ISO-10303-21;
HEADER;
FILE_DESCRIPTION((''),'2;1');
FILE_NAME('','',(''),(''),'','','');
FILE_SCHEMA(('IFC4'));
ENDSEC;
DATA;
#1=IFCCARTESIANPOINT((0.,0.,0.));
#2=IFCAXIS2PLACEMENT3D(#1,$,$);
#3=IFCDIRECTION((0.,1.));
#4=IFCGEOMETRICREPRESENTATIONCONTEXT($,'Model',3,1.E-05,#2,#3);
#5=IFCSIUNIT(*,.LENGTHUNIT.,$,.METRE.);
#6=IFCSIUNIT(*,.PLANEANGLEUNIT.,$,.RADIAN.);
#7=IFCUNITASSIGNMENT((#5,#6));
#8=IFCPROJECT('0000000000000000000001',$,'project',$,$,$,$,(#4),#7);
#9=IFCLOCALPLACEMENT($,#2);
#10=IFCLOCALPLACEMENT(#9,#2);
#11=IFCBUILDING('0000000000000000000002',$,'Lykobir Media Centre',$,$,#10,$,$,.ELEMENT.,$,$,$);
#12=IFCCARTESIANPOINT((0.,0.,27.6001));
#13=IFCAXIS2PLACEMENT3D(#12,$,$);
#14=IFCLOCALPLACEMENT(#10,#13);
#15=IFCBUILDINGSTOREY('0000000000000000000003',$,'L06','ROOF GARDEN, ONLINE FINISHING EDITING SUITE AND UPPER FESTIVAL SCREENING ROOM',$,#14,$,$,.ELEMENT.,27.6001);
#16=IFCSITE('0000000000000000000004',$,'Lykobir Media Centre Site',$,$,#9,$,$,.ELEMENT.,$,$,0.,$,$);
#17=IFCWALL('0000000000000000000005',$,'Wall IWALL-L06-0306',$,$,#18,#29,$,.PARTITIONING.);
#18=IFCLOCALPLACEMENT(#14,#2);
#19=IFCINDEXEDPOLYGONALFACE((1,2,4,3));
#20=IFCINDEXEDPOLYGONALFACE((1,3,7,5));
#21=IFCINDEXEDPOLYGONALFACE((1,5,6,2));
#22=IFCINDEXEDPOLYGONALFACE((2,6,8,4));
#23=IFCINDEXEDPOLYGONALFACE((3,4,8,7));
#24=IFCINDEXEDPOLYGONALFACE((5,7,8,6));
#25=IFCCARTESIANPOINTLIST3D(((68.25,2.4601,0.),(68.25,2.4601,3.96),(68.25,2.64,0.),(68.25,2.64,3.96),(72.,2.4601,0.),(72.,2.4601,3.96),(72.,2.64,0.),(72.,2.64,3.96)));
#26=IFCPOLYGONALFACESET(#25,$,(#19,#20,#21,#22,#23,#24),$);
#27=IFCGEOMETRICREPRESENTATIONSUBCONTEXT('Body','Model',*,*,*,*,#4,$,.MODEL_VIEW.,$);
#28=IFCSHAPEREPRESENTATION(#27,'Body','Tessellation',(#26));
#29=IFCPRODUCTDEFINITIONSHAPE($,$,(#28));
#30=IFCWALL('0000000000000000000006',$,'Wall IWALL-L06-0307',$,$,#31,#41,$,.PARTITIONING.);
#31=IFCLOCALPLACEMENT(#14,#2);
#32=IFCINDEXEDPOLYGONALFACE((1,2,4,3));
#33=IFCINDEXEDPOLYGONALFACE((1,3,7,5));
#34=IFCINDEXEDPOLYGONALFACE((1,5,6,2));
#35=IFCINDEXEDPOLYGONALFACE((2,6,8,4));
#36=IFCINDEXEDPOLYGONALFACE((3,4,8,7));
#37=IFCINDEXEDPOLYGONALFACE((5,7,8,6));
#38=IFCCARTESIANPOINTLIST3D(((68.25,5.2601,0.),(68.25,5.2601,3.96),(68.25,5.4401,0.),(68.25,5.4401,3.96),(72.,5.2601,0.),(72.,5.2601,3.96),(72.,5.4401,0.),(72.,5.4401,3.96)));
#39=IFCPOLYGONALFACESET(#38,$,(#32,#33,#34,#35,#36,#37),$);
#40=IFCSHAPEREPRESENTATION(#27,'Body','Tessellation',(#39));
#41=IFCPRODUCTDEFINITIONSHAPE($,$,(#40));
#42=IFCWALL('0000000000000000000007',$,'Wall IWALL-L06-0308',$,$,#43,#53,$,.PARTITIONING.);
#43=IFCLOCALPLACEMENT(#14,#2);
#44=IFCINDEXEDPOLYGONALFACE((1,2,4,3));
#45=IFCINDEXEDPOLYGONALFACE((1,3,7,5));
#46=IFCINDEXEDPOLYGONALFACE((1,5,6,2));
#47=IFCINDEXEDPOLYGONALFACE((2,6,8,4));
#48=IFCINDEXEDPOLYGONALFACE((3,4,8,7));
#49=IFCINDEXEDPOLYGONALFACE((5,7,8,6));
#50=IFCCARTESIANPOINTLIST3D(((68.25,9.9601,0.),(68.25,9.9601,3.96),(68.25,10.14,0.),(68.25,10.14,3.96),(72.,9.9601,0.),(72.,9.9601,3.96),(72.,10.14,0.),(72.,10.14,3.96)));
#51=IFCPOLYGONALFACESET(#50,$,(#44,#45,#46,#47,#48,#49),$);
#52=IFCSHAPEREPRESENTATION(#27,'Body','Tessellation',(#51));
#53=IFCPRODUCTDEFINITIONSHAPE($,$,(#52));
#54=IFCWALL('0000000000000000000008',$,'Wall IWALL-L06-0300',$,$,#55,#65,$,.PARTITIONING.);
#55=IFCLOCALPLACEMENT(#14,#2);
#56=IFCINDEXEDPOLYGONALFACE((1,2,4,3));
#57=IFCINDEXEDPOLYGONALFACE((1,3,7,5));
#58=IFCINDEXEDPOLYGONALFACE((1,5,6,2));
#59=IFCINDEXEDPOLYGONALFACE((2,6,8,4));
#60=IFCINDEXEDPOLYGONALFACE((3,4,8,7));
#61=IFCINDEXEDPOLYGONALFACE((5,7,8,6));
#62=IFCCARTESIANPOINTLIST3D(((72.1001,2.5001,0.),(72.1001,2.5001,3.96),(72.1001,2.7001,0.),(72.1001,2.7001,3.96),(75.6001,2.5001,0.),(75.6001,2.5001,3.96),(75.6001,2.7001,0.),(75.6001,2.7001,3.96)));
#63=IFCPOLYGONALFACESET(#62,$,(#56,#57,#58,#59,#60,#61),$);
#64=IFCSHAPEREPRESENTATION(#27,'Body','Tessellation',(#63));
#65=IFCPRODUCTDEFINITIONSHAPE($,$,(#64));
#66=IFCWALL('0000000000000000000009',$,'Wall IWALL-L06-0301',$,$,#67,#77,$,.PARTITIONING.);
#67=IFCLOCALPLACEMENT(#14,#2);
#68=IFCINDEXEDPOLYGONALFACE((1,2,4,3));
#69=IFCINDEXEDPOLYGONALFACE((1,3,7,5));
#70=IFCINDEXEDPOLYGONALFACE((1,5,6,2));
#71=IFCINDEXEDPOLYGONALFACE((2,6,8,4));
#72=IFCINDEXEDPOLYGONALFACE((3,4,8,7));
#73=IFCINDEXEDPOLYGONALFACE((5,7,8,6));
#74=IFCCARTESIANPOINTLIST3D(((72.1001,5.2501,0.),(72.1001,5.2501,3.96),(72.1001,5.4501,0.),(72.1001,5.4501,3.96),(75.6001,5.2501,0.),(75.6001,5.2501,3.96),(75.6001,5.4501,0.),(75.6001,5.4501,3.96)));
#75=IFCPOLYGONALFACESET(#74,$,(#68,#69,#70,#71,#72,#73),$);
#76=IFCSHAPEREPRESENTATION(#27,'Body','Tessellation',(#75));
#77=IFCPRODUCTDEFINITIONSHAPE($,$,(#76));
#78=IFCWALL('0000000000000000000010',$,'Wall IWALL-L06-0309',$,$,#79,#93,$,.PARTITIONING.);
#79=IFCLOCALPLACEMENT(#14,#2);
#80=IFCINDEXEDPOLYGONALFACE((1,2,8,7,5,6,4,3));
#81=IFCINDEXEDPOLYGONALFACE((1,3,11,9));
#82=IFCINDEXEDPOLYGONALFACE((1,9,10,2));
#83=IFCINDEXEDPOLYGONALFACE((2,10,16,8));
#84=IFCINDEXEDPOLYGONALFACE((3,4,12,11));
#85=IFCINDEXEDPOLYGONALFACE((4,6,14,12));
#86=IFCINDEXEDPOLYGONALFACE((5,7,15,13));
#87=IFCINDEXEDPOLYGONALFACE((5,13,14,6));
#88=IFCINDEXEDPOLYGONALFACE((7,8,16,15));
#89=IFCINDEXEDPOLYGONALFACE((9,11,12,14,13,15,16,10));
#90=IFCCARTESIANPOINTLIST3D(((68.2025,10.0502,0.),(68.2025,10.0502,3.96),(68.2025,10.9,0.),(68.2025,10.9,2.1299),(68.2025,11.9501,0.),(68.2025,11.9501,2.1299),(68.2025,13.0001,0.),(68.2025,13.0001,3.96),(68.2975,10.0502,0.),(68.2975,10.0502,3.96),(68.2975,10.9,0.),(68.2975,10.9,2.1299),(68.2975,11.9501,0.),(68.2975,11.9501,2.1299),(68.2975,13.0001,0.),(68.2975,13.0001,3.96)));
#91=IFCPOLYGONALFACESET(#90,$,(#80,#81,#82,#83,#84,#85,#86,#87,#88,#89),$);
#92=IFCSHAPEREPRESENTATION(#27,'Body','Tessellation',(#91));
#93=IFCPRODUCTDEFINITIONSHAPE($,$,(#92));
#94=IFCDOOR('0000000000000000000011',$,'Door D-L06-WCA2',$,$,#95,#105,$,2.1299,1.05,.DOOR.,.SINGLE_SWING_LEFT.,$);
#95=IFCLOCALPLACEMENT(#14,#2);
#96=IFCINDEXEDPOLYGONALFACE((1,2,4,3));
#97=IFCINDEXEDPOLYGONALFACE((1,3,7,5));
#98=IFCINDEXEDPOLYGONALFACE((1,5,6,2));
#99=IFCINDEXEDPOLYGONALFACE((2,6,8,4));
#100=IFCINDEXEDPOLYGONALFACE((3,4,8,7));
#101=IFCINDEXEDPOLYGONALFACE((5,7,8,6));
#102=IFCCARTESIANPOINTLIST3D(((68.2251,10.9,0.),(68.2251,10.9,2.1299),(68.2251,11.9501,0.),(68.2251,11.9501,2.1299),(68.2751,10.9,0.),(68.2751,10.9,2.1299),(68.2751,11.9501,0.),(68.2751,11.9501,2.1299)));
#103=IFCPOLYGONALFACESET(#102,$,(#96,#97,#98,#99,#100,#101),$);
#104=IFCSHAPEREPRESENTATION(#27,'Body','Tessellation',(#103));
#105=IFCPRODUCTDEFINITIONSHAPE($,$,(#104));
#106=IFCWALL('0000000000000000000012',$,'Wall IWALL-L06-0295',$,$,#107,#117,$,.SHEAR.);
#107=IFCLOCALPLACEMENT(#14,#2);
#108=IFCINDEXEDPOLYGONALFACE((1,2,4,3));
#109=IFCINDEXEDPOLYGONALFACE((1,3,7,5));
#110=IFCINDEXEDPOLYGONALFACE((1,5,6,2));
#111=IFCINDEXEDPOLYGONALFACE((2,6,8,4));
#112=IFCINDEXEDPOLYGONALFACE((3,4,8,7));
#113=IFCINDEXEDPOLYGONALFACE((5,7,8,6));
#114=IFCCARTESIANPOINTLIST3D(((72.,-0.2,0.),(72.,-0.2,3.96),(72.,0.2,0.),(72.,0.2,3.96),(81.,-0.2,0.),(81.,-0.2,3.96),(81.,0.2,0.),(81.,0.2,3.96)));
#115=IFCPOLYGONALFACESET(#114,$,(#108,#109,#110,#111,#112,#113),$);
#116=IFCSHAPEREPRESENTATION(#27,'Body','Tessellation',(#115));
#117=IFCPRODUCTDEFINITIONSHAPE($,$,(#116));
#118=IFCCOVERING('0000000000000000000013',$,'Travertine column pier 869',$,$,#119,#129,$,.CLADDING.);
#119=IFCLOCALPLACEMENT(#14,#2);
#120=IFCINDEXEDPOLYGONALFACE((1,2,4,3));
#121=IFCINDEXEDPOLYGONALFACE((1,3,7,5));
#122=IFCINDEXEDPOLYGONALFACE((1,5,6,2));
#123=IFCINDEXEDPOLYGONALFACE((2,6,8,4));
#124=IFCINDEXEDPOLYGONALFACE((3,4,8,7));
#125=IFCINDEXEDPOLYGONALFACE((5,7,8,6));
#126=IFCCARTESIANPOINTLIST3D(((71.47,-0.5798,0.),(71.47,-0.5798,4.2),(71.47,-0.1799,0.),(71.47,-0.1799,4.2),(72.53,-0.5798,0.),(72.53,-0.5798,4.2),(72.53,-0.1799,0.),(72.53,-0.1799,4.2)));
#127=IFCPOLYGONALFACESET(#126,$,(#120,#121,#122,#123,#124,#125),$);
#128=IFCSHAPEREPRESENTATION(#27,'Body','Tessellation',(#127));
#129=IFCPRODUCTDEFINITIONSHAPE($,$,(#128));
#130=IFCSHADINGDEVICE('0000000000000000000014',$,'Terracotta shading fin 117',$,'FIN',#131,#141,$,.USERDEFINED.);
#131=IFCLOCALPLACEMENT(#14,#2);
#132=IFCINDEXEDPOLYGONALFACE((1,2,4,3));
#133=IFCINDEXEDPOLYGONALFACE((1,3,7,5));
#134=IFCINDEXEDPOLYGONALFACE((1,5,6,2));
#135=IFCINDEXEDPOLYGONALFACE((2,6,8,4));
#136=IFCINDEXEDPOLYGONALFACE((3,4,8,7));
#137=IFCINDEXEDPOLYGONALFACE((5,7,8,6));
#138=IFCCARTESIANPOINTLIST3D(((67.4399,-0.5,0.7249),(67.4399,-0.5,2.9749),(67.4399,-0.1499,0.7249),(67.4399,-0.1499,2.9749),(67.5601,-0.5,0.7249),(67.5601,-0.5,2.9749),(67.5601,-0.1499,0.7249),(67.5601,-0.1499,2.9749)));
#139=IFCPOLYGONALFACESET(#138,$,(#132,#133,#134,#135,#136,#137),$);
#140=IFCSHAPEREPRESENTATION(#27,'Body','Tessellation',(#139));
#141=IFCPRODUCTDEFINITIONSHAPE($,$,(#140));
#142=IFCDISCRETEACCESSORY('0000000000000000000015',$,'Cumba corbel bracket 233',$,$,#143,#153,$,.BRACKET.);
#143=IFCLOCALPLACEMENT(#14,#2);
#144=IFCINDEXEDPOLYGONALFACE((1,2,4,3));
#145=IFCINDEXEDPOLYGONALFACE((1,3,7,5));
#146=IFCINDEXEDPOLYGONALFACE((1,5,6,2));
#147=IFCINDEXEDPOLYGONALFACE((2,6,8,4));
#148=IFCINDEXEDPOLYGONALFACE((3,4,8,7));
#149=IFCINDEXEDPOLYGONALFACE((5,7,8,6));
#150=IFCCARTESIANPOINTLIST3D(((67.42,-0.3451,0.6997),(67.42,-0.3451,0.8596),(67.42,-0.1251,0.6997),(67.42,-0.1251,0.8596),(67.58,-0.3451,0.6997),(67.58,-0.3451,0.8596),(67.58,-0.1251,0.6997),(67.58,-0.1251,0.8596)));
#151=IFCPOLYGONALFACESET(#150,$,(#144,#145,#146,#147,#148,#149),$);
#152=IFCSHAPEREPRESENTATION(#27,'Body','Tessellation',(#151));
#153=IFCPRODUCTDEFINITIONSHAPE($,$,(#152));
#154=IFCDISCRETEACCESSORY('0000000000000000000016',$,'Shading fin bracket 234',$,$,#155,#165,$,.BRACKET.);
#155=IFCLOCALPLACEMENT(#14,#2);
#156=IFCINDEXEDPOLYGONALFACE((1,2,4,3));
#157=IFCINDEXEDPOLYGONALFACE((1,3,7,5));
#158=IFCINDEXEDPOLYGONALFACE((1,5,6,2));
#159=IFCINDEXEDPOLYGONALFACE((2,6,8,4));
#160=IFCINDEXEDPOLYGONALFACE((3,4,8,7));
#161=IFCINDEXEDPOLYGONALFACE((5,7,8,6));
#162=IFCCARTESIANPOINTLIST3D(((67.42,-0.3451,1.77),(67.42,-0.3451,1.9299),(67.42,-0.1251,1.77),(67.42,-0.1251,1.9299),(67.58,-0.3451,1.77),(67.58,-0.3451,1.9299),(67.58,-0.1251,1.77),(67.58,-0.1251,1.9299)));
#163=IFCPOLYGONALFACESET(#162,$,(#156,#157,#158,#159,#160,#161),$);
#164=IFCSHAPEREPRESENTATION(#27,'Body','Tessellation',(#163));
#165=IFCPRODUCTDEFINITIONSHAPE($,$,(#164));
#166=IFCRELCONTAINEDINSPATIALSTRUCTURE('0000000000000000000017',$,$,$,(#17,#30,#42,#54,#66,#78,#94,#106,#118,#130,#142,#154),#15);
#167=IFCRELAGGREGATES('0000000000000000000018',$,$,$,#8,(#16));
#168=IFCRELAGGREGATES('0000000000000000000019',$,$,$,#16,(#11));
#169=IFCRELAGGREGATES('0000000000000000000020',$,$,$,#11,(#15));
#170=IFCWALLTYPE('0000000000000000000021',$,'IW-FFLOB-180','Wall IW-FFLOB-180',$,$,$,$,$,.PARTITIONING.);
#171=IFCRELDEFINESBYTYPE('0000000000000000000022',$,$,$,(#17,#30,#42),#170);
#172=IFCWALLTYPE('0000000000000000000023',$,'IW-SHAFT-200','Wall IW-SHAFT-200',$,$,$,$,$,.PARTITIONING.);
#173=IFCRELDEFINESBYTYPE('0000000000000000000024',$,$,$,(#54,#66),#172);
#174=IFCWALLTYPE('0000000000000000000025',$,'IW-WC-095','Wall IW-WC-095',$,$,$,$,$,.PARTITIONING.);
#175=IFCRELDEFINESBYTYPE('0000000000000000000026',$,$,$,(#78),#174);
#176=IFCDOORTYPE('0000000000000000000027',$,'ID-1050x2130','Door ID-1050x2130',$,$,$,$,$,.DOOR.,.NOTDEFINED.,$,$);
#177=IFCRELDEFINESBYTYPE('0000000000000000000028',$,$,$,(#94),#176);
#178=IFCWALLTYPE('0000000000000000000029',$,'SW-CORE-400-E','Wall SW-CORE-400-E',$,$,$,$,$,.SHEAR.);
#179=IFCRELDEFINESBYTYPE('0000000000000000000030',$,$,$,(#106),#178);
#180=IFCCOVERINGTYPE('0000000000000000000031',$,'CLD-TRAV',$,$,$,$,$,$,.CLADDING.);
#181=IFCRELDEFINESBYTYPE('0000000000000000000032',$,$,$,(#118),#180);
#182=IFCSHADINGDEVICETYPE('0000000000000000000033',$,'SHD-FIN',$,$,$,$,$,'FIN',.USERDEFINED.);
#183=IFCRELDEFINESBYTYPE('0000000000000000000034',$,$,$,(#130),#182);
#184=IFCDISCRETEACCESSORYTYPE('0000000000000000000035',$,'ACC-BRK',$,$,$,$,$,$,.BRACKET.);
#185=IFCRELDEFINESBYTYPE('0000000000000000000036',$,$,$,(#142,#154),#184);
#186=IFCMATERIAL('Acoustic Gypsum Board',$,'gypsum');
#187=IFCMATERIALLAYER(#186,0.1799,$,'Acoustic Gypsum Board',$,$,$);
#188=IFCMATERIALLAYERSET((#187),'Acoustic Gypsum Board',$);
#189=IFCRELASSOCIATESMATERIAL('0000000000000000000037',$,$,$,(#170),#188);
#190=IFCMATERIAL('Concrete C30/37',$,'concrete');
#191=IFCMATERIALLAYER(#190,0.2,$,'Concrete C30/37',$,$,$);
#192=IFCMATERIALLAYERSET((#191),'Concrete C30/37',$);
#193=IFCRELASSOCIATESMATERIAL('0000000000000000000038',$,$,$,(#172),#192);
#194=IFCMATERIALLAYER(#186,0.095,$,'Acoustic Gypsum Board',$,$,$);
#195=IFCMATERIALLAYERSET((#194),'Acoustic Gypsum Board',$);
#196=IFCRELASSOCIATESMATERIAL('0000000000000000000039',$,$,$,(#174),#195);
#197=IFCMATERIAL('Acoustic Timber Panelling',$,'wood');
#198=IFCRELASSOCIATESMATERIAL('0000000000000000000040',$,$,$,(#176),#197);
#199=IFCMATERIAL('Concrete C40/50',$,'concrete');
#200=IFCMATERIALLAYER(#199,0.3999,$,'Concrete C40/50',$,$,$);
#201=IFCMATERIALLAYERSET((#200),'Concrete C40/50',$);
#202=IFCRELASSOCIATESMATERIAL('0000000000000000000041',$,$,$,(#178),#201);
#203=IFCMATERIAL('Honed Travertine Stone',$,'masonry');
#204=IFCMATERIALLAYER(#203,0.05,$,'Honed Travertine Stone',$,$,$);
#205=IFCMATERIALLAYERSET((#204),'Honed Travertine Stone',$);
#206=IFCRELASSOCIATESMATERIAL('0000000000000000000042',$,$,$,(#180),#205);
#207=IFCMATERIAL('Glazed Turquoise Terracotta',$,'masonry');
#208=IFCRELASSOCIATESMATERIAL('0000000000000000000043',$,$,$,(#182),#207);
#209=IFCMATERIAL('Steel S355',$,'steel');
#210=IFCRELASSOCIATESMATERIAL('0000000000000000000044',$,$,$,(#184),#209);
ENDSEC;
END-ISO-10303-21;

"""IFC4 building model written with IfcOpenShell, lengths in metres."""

from ifc_helpers import new_model, si_unit, direction, frame, frame_2d, origin, origin_2d, place, context, subcontext, project, spatial, rectangle, extrude, material, layer, layer_set, type_object, element, fill, save


model = new_model("IFC4")

# Units and contexts
model_context = context("Model", 3, precision=1e-05, world=origin(), true_north=direction((0.0, 1.0)))
body_context = subcontext(model_context, "Body", "Model", "MODEL_VIEW")
ifc_project = project(units=[si_unit("LENGTHUNIT", "METRE"), si_unit("PLANEANGLEUNIT", "RADIAN")], contexts=[model_context])

# Site, building, storey
site_placement = place(None, origin())
site = spatial("IfcSite", under=ifc_project, at=site_placement, Name="Lykobir Media Centre Site", CompositionType="ELEMENT", RefElevation=0.0)
building_placement = place(site_placement, origin())
building = spatial("IfcBuilding", under=site, at=building_placement, Name="Lykobir Media Centre", CompositionType="ELEMENT")
storey_placement = place(building_placement, frame((0.0, 0.0, 27.6001)))
storey = spatial("IfcBuildingStorey", under=building, at=storey_placement, Name="L06", Description="ROOF GARDEN, ONLINE FINISHING EDITING SUITE AND UPPER FESTIVAL SCREENING ROOM", CompositionType="ELEMENT", Elevation=27.6001)

# Shared definitions
ifc_material_1 = material(Name="Concrete C40/50", Category="concrete")
ifc_material_2 = material(Name="Steel S355", Category="steel")

# Shared definitions
ifc_material_3 = material(Name="Acoustic Gypsum Board", Category="gypsum")
ifc_layer_1 = layer(ifc_material_3, 0.1799, Name="Acoustic Gypsum Board")
ifc_layer_set_1 = layer_set([ifc_layer_1], Name="Acoustic Gypsum Board")
wall_type_1 = type_object("IfcWallType", Name="IW-FFLOB-180", Description="Wall IW-FFLOB-180", PredefinedType="PARTITIONING", material=ifc_layer_set_1)
ifc_material_4 = material(Name="Acoustic Timber Panelling", Category="wood")

# Walls
for number, where, z_axis, x_axis, name in (
    (1, (68.25, 2.55, 0.0), (0.0, 0.0, 1.0), (1.0, 0.0, 0.0), "Wall IWALL-L06-0306"),
    (2, (68.25, 5.3501, 0.0), (0.0, 0.0, 1.0), (1.0, 0.0, 0.0), "Wall IWALL-L06-0307"),
    (3, (68.25, 10.05, 0.0), (0.0, 0.0, 1.0), (1.0, 0.0, 0.0), "Wall IWALL-L06-0308"),
):
    element("IfcWall", number, at=place(storey_placement, frame(where, z_axis=z_axis, x_axis=x_axis)), inside=storey, type_object=wall_type_1, Name=name, PredefinedType="PARTITIONING", context=body_context, shape_type="SweptSolid", body=[
        extrude(rectangle(XDim=3.75, YDim=0.1799, at=frame_2d((1.875, 0.0))), origin(), (0.0, 0.0, 1.0), 3.96),
    ])
ifc_material_5 = material(Name="Concrete C30/37", Category="concrete")
ifc_layer_2 = layer(ifc_material_5, 0.2, Name="Concrete C30/37")
ifc_layer_set_2 = layer_set([ifc_layer_2], Name="Concrete C30/37")
wall_type_2 = type_object("IfcWallType", Name="IW-SHAFT-200", Description="Wall IW-SHAFT-200", PredefinedType="PARTITIONING", material=ifc_layer_set_2)
for number, where, z_axis, x_axis, name in (
    (4, (72.1001, 2.6001, 0.0), (0.0, 0.0, 1.0), (1.0, 0.0, 0.0), "Wall IWALL-L06-0300"),
    (5, (72.1001, 5.3501, 0.0), (0.0, 0.0, 1.0), (1.0, 0.0, 0.0), "Wall IWALL-L06-0301"),
):
    element("IfcWall", number, at=place(storey_placement, frame(where, z_axis=z_axis, x_axis=x_axis)), inside=storey, type_object=wall_type_2, Name=name, PredefinedType="PARTITIONING", context=body_context, shape_type="SweptSolid", body=[
        extrude(rectangle(XDim=3.5, YDim=0.2, at=frame_2d((1.75, 0.0))), origin(), (0.0, 0.0, 1.0), 3.96),
    ])

# Wall, opening, door
ifc_layer_3 = layer(ifc_material_3, 0.095, Name="Acoustic Gypsum Board")
ifc_layer_set_3 = layer_set([ifc_layer_3], Name="Acoustic Gypsum Board")
wall_type_3 = type_object("IfcWallType", Name="IW-WC-095", Description="Wall IW-WC-095", PredefinedType="PARTITIONING", material=ifc_layer_set_3)
wall_1_placement = place(storey_placement, frame((68.25, 10.05, 0.0), z_axis=(0.0, 0.0, 1.0), x_axis=(0.0, 1.0, 0.0)))
wall_1 = element("IfcWall", 6, at=wall_1_placement, inside=storey, type_object=wall_type_3, Name="Wall IWALL-L06-0309", PredefinedType="PARTITIONING", context=body_context, shape_type="SweptSolid", body=[
    extrude(rectangle(XDim=2.95, YDim=0.095, at=frame_2d((1.4751, 0.0))), origin(), (0.0, 0.0, 1.0), 3.96),
])
opening_1_placement = place(wall_1_placement, frame((0.8501, 0.0, 0.0)))
opening_1 = element("IfcOpeningElement", 7, at=opening_1_placement, cuts=wall_1, PredefinedType="OPENING", context=body_context, shape_type="SweptSolid", body=[
    extrude(rectangle(XDim=1.05, YDim=2.1299, at=frame_2d((0.5249, 1.0649))), frame((0.0, 0.0574, 0.0), z_axis=(0.0, -1.0, 0.0), x_axis=(1.0, 0.0, 0.0)), (0.0, 0.0, 1.0), 0.115),
])
door_type_1 = type_object("IfcDoorType", Name="ID-1050x2130", Description="Door ID-1050x2130", OperationType="NOTDEFINED", PredefinedType="DOOR", material=ifc_material_4)
door_1_placement = place(opening_1_placement, origin())
door_1 = element("IfcDoor", 8, at=door_1_placement, inside=storey, type_object=door_type_1, Name="Door D-L06-WCA2", OperationType="SINGLE_SWING_LEFT", OverallHeight=2.1299, OverallWidth=1.05, PredefinedType="DOOR", context=body_context, shape_type="SweptSolid", body=[
    extrude(rectangle(XDim=1.05, YDim=2.1299, at=frame_2d((0.5249, 1.0649))), frame((0.0, 0.0249, 0.0), z_axis=(0.0, -1.0, 0.0), x_axis=(1.0, 0.0, 0.0)), (0.0, 0.0, 1.0), 0.05),
])
fill(opening_1, door_1)

# Wall
ifc_layer_4 = layer(ifc_material_1, 0.3999, Name="Concrete C40/50")
ifc_layer_set_4 = layer_set([ifc_layer_4], Name="Concrete C40/50")
wall_type_4 = type_object("IfcWallType", Name="SW-CORE-400-E", Description="Wall SW-CORE-400-E", PredefinedType="SHEAR", material=ifc_layer_set_4)
wall_2_placement = place(storey_placement, frame((72.0, 0.0, 0.0), z_axis=(0.0, 0.0, 1.0), x_axis=(1.0, 0.0, 0.0)))
element("IfcWall", 9, at=wall_2_placement, inside=storey, type_object=wall_type_4, Name="Wall IWALL-L06-0295", PredefinedType="SHEAR", context=body_context, shape_type="SweptSolid", body=[
    extrude(rectangle(XDim=9.0, YDim=0.3999, at=frame_2d((4.5, 0.0))), origin(), (0.0, 0.0, 1.0), 3.96),
])

# Covering
ifc_material_6 = material(Name="Honed Travertine Stone", Category="masonry")
ifc_layer_5 = layer(ifc_material_6, 0.05, Name="Honed Travertine Stone")
ifc_layer_set_5 = layer_set([ifc_layer_5], Name="Honed Travertine Stone")
covering_type = type_object("IfcCoveringType", Name="CLD-TRAV", PredefinedType="CLADDING", material=ifc_layer_set_5)
covering_placement = place(storey_placement, frame((72.0, -0.3799, 0.0), z_axis=(0.0, 0.0, 1.0), x_axis=(1.0, 0.0, 0.0)))
element("IfcCovering", 10, at=covering_placement, inside=storey, type_object=covering_type, Name="Travertine column pier 869", PredefinedType="CLADDING", context=body_context, shape_type="SweptSolid", body=[
    extrude(rectangle(XDim=1.0601, YDim=0.3999, at=origin_2d()), origin(), (0.0, 0.0, 1.0), 4.2),
])

# Shading device
ifc_material_7 = material(Name="Glazed Turquoise Terracotta", Category="masonry")
shading_device_type = type_object("IfcShadingDeviceType", Name="SHD-FIN", ElementType="FIN", PredefinedType="USERDEFINED", material=ifc_material_7)
shading_device_placement = place(storey_placement, frame((67.5, -0.325, 0.7249), z_axis=(0.0, 0.0, 1.0), x_axis=(1.0, 0.0, 0.0)))
element("IfcShadingDevice", 11, at=shading_device_placement, inside=storey, type_object=shading_device_type, Name="Terracotta shading fin 117", ObjectType="FIN", PredefinedType="USERDEFINED", context=body_context, shape_type="SweptSolid", body=[
    extrude(rectangle(XDim=0.1201, YDim=0.3501, at=origin_2d()), origin(), (0.0, 0.0, 1.0), 2.25),
])

# Discrete accessories
discrete_accessory_type = type_object("IfcDiscreteAccessoryType", Name="ACC-BRK", PredefinedType="BRACKET", material=ifc_material_2)
for number, where, z_axis, x_axis, name in (
    (12, (67.5, -0.2351, 0.6997), (0.0, 0.0, 1.0), (1.0, 0.0, 0.0), "Cumba corbel bracket 233"),
    (13, (67.5, -0.2351, 1.77), (0.0, 0.0, 1.0), (1.0, 0.0, 0.0), "Shading fin bracket 234"),
):
    element("IfcDiscreteAccessory", number, at=place(storey_placement, frame(where, z_axis=z_axis, x_axis=x_axis)), inside=storey, type_object=discrete_accessory_type, Name=name, PredefinedType="BRACKET", context=body_context, shape_type="SweptSolid", body=[
        extrude(rectangle(XDim=0.1599, YDim=0.22, at=origin_2d()), origin(), (0.0, 0.0, 1.0), 0.1599),
    ])

save(model, "model.ifc")
